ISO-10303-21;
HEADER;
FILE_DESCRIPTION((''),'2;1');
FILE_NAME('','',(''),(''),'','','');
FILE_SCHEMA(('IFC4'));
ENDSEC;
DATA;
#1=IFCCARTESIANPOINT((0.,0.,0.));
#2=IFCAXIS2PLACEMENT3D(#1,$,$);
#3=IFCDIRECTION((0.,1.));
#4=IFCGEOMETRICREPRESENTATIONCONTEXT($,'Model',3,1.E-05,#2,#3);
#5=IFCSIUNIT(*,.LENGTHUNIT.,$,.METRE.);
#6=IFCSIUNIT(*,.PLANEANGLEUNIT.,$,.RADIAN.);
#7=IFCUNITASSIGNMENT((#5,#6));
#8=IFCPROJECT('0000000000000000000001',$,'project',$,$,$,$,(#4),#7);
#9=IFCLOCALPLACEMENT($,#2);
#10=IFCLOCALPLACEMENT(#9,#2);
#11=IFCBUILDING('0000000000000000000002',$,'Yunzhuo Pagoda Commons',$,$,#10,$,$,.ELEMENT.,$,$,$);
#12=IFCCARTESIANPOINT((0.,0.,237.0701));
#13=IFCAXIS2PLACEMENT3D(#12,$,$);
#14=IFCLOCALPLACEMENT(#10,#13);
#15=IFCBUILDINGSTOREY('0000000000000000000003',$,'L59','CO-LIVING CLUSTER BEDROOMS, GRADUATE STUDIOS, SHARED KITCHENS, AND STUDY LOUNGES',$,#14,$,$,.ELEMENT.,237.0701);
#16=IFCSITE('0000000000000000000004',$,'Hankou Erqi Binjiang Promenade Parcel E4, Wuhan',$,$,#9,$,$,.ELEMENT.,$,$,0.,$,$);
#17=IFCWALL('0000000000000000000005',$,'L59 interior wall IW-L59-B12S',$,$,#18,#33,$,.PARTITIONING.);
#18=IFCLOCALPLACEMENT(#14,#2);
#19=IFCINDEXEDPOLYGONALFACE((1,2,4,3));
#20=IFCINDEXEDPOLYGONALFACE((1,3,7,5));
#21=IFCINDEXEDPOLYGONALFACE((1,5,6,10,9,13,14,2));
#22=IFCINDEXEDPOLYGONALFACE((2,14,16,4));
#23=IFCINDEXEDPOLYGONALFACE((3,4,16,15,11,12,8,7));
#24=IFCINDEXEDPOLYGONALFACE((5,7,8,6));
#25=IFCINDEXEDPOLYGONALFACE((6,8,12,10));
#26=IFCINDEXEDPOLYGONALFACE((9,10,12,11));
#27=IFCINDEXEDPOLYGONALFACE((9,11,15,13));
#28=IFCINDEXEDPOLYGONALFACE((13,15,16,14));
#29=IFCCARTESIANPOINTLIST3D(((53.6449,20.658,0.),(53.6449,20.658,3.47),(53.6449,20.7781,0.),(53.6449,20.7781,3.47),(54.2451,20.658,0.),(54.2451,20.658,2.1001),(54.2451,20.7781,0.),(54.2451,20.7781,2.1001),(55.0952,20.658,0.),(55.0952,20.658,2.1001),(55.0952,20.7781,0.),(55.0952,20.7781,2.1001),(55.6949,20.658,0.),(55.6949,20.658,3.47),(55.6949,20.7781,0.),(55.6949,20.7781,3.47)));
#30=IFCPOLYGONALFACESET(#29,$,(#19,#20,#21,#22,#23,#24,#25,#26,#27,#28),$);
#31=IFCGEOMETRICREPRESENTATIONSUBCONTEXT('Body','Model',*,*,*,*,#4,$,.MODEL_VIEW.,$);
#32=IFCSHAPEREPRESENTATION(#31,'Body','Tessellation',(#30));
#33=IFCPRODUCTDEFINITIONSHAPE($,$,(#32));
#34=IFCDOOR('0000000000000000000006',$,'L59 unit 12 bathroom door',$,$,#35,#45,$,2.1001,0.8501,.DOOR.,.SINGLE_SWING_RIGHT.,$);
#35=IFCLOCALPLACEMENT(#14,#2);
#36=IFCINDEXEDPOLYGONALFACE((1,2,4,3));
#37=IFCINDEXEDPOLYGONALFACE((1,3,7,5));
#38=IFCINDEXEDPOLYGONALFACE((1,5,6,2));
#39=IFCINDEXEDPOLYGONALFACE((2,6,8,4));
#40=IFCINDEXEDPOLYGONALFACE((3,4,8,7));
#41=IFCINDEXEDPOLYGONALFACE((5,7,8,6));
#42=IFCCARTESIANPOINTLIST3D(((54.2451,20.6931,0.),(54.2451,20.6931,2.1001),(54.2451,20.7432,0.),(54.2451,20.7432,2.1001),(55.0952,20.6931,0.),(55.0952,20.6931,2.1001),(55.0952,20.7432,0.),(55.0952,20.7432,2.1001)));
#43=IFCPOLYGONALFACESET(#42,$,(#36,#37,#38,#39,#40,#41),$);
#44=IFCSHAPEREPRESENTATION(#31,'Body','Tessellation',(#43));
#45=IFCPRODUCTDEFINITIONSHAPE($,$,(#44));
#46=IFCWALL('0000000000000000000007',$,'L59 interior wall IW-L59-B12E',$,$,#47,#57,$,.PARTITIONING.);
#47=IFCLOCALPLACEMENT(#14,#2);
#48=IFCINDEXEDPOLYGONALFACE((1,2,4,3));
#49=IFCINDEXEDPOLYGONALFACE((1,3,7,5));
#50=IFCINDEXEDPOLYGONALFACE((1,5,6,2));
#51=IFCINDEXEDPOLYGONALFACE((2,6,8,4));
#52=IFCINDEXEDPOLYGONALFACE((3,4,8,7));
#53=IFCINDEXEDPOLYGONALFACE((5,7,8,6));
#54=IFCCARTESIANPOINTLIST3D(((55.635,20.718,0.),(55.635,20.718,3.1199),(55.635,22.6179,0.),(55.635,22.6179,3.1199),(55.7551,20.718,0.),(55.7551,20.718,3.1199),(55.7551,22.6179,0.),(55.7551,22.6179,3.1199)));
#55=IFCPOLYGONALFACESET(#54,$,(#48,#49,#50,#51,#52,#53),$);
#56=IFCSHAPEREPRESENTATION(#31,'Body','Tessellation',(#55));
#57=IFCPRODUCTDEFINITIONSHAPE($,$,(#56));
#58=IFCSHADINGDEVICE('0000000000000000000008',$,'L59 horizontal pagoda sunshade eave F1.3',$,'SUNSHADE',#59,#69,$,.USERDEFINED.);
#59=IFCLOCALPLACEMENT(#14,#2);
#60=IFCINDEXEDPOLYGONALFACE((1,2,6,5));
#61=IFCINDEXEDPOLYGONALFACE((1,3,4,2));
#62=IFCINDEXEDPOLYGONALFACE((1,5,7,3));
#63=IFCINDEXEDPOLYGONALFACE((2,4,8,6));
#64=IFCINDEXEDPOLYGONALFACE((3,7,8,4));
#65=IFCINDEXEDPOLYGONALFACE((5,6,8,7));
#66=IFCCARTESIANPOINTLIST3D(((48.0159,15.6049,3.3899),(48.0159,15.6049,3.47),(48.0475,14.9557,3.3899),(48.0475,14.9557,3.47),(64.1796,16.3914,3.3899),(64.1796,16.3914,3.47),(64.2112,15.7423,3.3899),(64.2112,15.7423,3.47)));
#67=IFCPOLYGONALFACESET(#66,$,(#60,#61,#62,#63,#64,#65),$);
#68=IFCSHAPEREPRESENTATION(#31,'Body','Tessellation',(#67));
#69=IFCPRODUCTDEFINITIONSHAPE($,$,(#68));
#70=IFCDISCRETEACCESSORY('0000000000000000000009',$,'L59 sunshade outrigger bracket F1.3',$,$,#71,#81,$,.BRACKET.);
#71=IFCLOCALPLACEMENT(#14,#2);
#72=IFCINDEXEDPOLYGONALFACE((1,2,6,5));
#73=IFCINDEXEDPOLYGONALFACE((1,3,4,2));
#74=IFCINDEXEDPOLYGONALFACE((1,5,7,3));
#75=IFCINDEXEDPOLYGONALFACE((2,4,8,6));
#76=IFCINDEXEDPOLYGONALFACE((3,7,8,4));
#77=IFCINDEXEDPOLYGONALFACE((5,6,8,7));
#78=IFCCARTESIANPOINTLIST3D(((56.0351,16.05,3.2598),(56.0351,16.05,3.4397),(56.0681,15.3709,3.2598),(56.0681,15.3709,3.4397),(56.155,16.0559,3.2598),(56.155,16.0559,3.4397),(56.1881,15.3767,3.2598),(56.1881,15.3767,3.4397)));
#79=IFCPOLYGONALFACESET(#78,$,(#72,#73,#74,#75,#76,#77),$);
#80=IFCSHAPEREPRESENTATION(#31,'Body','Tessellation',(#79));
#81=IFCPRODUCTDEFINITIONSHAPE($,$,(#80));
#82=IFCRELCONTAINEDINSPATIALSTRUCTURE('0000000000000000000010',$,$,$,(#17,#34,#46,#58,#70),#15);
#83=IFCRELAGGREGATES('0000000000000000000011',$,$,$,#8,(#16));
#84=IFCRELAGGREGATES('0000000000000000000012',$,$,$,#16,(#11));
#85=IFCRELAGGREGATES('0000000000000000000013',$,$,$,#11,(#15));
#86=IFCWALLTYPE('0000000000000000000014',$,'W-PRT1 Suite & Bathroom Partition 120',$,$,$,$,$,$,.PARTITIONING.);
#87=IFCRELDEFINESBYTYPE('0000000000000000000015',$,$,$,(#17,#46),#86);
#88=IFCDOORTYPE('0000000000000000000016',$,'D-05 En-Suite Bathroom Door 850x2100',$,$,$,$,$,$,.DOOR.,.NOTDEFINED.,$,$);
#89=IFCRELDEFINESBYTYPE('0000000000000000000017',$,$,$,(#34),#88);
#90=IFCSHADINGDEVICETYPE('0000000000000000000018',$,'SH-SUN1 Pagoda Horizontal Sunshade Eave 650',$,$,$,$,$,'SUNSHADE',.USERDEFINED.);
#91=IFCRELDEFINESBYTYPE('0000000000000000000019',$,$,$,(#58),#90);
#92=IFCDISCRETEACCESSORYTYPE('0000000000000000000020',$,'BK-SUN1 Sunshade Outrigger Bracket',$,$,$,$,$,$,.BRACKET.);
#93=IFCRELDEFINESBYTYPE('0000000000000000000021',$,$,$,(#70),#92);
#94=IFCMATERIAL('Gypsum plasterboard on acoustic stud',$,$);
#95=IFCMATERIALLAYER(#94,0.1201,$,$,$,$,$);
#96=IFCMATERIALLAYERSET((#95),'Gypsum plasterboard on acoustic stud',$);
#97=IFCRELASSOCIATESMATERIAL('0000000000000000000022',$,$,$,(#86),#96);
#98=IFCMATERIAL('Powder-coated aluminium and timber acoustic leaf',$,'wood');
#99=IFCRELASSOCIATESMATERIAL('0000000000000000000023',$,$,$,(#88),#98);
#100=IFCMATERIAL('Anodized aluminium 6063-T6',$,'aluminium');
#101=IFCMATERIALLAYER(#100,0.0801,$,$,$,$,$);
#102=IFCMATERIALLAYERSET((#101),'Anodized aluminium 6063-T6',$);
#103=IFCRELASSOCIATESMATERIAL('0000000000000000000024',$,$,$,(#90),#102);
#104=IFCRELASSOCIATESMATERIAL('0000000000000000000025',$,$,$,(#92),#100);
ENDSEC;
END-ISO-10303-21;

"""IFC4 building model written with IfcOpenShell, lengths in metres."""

from ifc_helpers import new_model, si_unit, direction, frame, frame_2d, origin, origin_2d, place, context, subcontext, project, spatial, rectangle, extrude, source, transform, mapped, material, layer, layer_set, type_object, element, fill, save


model = new_model("IFC4")

# Units and contexts
model_context = context("Model", 3, precision=1e-05, world=origin(), true_north=direction((0.0, 1.0)))
body_context = subcontext(model_context, "Body", "Model", "MODEL_VIEW")
ifc_project = project(units=[si_unit("LENGTHUNIT", "METRE"), si_unit("PLANEANGLEUNIT", "RADIAN")], contexts=[model_context])

# Site, building, storey
site_placement = place(None, origin())
site = spatial("IfcSite", under=ifc_project, at=site_placement, Name="Hankou Erqi Binjiang Promenade Parcel E4, Wuhan", CompositionType="ELEMENT", RefElevation=0.0)
building_placement = place(site_placement, origin())
building = spatial("IfcBuilding", under=site, at=building_placement, Name="Yunzhuo Pagoda Commons", CompositionType="ELEMENT")
storey_placement = place(building_placement, frame((0.0, 0.0, 237.0701)))
storey = spatial("IfcBuildingStorey", under=building, at=storey_placement, Name="L59", Description="CO-LIVING CLUSTER BEDROOMS, GRADUATE STUDIOS, SHARED KITCHENS, AND STUDY LOUNGES", CompositionType="ELEMENT", Elevation=237.0701)

# Shared definitions
ifc_material_1 = material(Name="Anodized aluminium 6063-T6", Category="aluminium")

# Shared definitions
ifc_material_2 = material(Name="Gypsum plasterboard on acoustic stud")
ifc_layer_1 = layer(ifc_material_2, 0.1201)
ifc_layer_set_1 = layer_set([ifc_layer_1], Name="Gypsum plasterboard on acoustic stud")
wall_type = type_object("IfcWallType", Name="W-PRT1 Suite & Bathroom Partition 120", PredefinedType="PARTITIONING", material=ifc_layer_set_1)
ifc_material_3 = material(Name="Powder-coated aluminium and timber acoustic leaf", Category="wood")
door_type = type_object("IfcDoorType", Name="D-05 En-Suite Bathroom Door 850x2100", OperationType="NOTDEFINED", PredefinedType="DOOR", material=ifc_material_3)
shared_shape_1 = source(origin(), body_context, "Body", "SweptSolid", [
    extrude(rectangle(XDim=0.8501, YDim=2.1001, at=frame_2d((0.425, 1.05))), frame((0.0, 0.0249, 0.0), z_axis=(0.0, -1.0, 0.0), x_axis=(1.0, 0.0, 0.0)), (0.0, 0.0, 1.0), 0.05),
])

# Wall, opening, door
wall_1_placement = place(storey_placement, frame((53.645, 20.718, 0.0), z_axis=(0.0, 0.0, 1.0), x_axis=(1.0, 0.0, 0.0)))
wall_1 = element("IfcWall", 1, at=wall_1_placement, inside=storey, type_object=wall_type, Name="L59 interior wall IW-L59-B12S", PredefinedType="PARTITIONING", context=body_context, shape_type="SweptSolid", body=[
    extrude(rectangle(XDim=2.05, YDim=0.1201, at=frame_2d((1.0249, 0.0))), origin(), (0.0, 0.0, 1.0), 3.47),
])
opening_1_placement = place(wall_1_placement, frame((0.6001, 0.0, 0.0)))
opening_1 = element("IfcOpeningElement", 2, at=opening_1_placement, cuts=wall_1, PredefinedType="OPENING", context=body_context, shape_type="SweptSolid", body=[
    extrude(rectangle(XDim=0.8501, YDim=2.1001, at=frame_2d((0.425, 1.05))), frame((0.0, 0.0701, 0.0), z_axis=(0.0, -1.0, 0.0), x_axis=(1.0, 0.0, 0.0)), (0.0, 0.0, 1.0), 0.1401),
])
door_1_placement = place(opening_1_placement, frame((0.8501, 0.0, 0.0), z_axis=(0.0, 0.0, 1.0), x_axis=(-1.0, 0.0, 0.0)))
door_1 = element("IfcDoor", 3, at=door_1_placement, inside=storey, type_object=door_type, Name="L59 unit 12 bathroom door", OperationType="SINGLE_SWING_RIGHT", OverallHeight=2.1001, OverallWidth=0.8501, PredefinedType="DOOR", context=body_context, shape_type="MappedRepresentation", body=[
    mapped(shared_shape_1, transform((0.0, 0.0, 0.0), scale=1.0)),
])
fill(opening_1, door_1)

# Wall
wall_2_placement = place(storey_placement, frame((55.6951, 20.718, 0.0), z_axis=(0.0, 0.0, 1.0), x_axis=(0.0, 1.0, 0.0)))
element("IfcWall", 4, at=wall_2_placement, inside=storey, type_object=wall_type, Name="L59 interior wall IW-L59-B12E", PredefinedType="PARTITIONING", context=body_context, shape_type="SweptSolid", body=[
    extrude(rectangle(XDim=1.8999, YDim=0.1201, at=frame_2d((0.95, 0.0))), origin(), (0.0, 0.0, 1.0), 3.1199),
])

# Shading device
ifc_layer_2 = layer(ifc_material_1, 0.0801)
ifc_layer_set_2 = layer_set([ifc_layer_2], Name="Anodized aluminium 6063-T6")
shading_device_type = type_object("IfcShadingDeviceType", Name="SH-SUN1 Pagoda Horizontal Sunshade Eave 650", ElementType="SUNSHADE", PredefinedType="USERDEFINED", material=ifc_layer_set_2)
shared_shape_2 = source(origin(), body_context, "Body", "SweptSolid", [
    extrude(rectangle(XDim=16.1829, YDim=0.6499, at=origin_2d()), origin(), (0.0, 0.0, 1.0), 0.0801),
])
shading_device_placement = place(storey_placement, frame((56.1135, 15.6736, 3.3899), z_axis=(0.0, 0.0, 1.0), x_axis=(0.998818, 0.048606, 0.0)))
element("IfcShadingDevice", 5, at=shading_device_placement, inside=storey, type_object=shading_device_type, Name="L59 horizontal pagoda sunshade eave F1.3", ObjectType="SUNSHADE", PredefinedType="USERDEFINED", context=body_context, shape_type="MappedRepresentation", body=[
    mapped(shared_shape_2, transform((0.0, 0.0, 0.0), scale=1.0)),
])

# Discrete accessory
discrete_accessory_type = type_object("IfcDiscreteAccessoryType", Name="BK-SUN1 Sunshade Outrigger Bracket", PredefinedType="BRACKET", material=ifc_material_1)
shared_shape_3 = source(origin(), body_context, "Body", "SweptSolid", [
    extrude(rectangle(XDim=0.1201, YDim=0.6799, at=origin_2d()), origin(), (0.0, 0.0, 1.0), 0.1799),
])
discrete_accessory_placement = place(storey_placement, frame((56.1116, 15.7134, 3.2598), z_axis=(0.0, 0.0, 1.0), x_axis=(0.998818, 0.048606, 0.0)))
element("IfcDiscreteAccessory", 6, at=discrete_accessory_placement, inside=storey, type_object=discrete_accessory_type, Name="L59 sunshade outrigger bracket F1.3", PredefinedType="BRACKET", context=body_context, shape_type="MappedRepresentation", body=[
    mapped(shared_shape_3, transform((0.0, 0.0, 0.0), scale=1.0)),
])

save(model, "model.ifc")
